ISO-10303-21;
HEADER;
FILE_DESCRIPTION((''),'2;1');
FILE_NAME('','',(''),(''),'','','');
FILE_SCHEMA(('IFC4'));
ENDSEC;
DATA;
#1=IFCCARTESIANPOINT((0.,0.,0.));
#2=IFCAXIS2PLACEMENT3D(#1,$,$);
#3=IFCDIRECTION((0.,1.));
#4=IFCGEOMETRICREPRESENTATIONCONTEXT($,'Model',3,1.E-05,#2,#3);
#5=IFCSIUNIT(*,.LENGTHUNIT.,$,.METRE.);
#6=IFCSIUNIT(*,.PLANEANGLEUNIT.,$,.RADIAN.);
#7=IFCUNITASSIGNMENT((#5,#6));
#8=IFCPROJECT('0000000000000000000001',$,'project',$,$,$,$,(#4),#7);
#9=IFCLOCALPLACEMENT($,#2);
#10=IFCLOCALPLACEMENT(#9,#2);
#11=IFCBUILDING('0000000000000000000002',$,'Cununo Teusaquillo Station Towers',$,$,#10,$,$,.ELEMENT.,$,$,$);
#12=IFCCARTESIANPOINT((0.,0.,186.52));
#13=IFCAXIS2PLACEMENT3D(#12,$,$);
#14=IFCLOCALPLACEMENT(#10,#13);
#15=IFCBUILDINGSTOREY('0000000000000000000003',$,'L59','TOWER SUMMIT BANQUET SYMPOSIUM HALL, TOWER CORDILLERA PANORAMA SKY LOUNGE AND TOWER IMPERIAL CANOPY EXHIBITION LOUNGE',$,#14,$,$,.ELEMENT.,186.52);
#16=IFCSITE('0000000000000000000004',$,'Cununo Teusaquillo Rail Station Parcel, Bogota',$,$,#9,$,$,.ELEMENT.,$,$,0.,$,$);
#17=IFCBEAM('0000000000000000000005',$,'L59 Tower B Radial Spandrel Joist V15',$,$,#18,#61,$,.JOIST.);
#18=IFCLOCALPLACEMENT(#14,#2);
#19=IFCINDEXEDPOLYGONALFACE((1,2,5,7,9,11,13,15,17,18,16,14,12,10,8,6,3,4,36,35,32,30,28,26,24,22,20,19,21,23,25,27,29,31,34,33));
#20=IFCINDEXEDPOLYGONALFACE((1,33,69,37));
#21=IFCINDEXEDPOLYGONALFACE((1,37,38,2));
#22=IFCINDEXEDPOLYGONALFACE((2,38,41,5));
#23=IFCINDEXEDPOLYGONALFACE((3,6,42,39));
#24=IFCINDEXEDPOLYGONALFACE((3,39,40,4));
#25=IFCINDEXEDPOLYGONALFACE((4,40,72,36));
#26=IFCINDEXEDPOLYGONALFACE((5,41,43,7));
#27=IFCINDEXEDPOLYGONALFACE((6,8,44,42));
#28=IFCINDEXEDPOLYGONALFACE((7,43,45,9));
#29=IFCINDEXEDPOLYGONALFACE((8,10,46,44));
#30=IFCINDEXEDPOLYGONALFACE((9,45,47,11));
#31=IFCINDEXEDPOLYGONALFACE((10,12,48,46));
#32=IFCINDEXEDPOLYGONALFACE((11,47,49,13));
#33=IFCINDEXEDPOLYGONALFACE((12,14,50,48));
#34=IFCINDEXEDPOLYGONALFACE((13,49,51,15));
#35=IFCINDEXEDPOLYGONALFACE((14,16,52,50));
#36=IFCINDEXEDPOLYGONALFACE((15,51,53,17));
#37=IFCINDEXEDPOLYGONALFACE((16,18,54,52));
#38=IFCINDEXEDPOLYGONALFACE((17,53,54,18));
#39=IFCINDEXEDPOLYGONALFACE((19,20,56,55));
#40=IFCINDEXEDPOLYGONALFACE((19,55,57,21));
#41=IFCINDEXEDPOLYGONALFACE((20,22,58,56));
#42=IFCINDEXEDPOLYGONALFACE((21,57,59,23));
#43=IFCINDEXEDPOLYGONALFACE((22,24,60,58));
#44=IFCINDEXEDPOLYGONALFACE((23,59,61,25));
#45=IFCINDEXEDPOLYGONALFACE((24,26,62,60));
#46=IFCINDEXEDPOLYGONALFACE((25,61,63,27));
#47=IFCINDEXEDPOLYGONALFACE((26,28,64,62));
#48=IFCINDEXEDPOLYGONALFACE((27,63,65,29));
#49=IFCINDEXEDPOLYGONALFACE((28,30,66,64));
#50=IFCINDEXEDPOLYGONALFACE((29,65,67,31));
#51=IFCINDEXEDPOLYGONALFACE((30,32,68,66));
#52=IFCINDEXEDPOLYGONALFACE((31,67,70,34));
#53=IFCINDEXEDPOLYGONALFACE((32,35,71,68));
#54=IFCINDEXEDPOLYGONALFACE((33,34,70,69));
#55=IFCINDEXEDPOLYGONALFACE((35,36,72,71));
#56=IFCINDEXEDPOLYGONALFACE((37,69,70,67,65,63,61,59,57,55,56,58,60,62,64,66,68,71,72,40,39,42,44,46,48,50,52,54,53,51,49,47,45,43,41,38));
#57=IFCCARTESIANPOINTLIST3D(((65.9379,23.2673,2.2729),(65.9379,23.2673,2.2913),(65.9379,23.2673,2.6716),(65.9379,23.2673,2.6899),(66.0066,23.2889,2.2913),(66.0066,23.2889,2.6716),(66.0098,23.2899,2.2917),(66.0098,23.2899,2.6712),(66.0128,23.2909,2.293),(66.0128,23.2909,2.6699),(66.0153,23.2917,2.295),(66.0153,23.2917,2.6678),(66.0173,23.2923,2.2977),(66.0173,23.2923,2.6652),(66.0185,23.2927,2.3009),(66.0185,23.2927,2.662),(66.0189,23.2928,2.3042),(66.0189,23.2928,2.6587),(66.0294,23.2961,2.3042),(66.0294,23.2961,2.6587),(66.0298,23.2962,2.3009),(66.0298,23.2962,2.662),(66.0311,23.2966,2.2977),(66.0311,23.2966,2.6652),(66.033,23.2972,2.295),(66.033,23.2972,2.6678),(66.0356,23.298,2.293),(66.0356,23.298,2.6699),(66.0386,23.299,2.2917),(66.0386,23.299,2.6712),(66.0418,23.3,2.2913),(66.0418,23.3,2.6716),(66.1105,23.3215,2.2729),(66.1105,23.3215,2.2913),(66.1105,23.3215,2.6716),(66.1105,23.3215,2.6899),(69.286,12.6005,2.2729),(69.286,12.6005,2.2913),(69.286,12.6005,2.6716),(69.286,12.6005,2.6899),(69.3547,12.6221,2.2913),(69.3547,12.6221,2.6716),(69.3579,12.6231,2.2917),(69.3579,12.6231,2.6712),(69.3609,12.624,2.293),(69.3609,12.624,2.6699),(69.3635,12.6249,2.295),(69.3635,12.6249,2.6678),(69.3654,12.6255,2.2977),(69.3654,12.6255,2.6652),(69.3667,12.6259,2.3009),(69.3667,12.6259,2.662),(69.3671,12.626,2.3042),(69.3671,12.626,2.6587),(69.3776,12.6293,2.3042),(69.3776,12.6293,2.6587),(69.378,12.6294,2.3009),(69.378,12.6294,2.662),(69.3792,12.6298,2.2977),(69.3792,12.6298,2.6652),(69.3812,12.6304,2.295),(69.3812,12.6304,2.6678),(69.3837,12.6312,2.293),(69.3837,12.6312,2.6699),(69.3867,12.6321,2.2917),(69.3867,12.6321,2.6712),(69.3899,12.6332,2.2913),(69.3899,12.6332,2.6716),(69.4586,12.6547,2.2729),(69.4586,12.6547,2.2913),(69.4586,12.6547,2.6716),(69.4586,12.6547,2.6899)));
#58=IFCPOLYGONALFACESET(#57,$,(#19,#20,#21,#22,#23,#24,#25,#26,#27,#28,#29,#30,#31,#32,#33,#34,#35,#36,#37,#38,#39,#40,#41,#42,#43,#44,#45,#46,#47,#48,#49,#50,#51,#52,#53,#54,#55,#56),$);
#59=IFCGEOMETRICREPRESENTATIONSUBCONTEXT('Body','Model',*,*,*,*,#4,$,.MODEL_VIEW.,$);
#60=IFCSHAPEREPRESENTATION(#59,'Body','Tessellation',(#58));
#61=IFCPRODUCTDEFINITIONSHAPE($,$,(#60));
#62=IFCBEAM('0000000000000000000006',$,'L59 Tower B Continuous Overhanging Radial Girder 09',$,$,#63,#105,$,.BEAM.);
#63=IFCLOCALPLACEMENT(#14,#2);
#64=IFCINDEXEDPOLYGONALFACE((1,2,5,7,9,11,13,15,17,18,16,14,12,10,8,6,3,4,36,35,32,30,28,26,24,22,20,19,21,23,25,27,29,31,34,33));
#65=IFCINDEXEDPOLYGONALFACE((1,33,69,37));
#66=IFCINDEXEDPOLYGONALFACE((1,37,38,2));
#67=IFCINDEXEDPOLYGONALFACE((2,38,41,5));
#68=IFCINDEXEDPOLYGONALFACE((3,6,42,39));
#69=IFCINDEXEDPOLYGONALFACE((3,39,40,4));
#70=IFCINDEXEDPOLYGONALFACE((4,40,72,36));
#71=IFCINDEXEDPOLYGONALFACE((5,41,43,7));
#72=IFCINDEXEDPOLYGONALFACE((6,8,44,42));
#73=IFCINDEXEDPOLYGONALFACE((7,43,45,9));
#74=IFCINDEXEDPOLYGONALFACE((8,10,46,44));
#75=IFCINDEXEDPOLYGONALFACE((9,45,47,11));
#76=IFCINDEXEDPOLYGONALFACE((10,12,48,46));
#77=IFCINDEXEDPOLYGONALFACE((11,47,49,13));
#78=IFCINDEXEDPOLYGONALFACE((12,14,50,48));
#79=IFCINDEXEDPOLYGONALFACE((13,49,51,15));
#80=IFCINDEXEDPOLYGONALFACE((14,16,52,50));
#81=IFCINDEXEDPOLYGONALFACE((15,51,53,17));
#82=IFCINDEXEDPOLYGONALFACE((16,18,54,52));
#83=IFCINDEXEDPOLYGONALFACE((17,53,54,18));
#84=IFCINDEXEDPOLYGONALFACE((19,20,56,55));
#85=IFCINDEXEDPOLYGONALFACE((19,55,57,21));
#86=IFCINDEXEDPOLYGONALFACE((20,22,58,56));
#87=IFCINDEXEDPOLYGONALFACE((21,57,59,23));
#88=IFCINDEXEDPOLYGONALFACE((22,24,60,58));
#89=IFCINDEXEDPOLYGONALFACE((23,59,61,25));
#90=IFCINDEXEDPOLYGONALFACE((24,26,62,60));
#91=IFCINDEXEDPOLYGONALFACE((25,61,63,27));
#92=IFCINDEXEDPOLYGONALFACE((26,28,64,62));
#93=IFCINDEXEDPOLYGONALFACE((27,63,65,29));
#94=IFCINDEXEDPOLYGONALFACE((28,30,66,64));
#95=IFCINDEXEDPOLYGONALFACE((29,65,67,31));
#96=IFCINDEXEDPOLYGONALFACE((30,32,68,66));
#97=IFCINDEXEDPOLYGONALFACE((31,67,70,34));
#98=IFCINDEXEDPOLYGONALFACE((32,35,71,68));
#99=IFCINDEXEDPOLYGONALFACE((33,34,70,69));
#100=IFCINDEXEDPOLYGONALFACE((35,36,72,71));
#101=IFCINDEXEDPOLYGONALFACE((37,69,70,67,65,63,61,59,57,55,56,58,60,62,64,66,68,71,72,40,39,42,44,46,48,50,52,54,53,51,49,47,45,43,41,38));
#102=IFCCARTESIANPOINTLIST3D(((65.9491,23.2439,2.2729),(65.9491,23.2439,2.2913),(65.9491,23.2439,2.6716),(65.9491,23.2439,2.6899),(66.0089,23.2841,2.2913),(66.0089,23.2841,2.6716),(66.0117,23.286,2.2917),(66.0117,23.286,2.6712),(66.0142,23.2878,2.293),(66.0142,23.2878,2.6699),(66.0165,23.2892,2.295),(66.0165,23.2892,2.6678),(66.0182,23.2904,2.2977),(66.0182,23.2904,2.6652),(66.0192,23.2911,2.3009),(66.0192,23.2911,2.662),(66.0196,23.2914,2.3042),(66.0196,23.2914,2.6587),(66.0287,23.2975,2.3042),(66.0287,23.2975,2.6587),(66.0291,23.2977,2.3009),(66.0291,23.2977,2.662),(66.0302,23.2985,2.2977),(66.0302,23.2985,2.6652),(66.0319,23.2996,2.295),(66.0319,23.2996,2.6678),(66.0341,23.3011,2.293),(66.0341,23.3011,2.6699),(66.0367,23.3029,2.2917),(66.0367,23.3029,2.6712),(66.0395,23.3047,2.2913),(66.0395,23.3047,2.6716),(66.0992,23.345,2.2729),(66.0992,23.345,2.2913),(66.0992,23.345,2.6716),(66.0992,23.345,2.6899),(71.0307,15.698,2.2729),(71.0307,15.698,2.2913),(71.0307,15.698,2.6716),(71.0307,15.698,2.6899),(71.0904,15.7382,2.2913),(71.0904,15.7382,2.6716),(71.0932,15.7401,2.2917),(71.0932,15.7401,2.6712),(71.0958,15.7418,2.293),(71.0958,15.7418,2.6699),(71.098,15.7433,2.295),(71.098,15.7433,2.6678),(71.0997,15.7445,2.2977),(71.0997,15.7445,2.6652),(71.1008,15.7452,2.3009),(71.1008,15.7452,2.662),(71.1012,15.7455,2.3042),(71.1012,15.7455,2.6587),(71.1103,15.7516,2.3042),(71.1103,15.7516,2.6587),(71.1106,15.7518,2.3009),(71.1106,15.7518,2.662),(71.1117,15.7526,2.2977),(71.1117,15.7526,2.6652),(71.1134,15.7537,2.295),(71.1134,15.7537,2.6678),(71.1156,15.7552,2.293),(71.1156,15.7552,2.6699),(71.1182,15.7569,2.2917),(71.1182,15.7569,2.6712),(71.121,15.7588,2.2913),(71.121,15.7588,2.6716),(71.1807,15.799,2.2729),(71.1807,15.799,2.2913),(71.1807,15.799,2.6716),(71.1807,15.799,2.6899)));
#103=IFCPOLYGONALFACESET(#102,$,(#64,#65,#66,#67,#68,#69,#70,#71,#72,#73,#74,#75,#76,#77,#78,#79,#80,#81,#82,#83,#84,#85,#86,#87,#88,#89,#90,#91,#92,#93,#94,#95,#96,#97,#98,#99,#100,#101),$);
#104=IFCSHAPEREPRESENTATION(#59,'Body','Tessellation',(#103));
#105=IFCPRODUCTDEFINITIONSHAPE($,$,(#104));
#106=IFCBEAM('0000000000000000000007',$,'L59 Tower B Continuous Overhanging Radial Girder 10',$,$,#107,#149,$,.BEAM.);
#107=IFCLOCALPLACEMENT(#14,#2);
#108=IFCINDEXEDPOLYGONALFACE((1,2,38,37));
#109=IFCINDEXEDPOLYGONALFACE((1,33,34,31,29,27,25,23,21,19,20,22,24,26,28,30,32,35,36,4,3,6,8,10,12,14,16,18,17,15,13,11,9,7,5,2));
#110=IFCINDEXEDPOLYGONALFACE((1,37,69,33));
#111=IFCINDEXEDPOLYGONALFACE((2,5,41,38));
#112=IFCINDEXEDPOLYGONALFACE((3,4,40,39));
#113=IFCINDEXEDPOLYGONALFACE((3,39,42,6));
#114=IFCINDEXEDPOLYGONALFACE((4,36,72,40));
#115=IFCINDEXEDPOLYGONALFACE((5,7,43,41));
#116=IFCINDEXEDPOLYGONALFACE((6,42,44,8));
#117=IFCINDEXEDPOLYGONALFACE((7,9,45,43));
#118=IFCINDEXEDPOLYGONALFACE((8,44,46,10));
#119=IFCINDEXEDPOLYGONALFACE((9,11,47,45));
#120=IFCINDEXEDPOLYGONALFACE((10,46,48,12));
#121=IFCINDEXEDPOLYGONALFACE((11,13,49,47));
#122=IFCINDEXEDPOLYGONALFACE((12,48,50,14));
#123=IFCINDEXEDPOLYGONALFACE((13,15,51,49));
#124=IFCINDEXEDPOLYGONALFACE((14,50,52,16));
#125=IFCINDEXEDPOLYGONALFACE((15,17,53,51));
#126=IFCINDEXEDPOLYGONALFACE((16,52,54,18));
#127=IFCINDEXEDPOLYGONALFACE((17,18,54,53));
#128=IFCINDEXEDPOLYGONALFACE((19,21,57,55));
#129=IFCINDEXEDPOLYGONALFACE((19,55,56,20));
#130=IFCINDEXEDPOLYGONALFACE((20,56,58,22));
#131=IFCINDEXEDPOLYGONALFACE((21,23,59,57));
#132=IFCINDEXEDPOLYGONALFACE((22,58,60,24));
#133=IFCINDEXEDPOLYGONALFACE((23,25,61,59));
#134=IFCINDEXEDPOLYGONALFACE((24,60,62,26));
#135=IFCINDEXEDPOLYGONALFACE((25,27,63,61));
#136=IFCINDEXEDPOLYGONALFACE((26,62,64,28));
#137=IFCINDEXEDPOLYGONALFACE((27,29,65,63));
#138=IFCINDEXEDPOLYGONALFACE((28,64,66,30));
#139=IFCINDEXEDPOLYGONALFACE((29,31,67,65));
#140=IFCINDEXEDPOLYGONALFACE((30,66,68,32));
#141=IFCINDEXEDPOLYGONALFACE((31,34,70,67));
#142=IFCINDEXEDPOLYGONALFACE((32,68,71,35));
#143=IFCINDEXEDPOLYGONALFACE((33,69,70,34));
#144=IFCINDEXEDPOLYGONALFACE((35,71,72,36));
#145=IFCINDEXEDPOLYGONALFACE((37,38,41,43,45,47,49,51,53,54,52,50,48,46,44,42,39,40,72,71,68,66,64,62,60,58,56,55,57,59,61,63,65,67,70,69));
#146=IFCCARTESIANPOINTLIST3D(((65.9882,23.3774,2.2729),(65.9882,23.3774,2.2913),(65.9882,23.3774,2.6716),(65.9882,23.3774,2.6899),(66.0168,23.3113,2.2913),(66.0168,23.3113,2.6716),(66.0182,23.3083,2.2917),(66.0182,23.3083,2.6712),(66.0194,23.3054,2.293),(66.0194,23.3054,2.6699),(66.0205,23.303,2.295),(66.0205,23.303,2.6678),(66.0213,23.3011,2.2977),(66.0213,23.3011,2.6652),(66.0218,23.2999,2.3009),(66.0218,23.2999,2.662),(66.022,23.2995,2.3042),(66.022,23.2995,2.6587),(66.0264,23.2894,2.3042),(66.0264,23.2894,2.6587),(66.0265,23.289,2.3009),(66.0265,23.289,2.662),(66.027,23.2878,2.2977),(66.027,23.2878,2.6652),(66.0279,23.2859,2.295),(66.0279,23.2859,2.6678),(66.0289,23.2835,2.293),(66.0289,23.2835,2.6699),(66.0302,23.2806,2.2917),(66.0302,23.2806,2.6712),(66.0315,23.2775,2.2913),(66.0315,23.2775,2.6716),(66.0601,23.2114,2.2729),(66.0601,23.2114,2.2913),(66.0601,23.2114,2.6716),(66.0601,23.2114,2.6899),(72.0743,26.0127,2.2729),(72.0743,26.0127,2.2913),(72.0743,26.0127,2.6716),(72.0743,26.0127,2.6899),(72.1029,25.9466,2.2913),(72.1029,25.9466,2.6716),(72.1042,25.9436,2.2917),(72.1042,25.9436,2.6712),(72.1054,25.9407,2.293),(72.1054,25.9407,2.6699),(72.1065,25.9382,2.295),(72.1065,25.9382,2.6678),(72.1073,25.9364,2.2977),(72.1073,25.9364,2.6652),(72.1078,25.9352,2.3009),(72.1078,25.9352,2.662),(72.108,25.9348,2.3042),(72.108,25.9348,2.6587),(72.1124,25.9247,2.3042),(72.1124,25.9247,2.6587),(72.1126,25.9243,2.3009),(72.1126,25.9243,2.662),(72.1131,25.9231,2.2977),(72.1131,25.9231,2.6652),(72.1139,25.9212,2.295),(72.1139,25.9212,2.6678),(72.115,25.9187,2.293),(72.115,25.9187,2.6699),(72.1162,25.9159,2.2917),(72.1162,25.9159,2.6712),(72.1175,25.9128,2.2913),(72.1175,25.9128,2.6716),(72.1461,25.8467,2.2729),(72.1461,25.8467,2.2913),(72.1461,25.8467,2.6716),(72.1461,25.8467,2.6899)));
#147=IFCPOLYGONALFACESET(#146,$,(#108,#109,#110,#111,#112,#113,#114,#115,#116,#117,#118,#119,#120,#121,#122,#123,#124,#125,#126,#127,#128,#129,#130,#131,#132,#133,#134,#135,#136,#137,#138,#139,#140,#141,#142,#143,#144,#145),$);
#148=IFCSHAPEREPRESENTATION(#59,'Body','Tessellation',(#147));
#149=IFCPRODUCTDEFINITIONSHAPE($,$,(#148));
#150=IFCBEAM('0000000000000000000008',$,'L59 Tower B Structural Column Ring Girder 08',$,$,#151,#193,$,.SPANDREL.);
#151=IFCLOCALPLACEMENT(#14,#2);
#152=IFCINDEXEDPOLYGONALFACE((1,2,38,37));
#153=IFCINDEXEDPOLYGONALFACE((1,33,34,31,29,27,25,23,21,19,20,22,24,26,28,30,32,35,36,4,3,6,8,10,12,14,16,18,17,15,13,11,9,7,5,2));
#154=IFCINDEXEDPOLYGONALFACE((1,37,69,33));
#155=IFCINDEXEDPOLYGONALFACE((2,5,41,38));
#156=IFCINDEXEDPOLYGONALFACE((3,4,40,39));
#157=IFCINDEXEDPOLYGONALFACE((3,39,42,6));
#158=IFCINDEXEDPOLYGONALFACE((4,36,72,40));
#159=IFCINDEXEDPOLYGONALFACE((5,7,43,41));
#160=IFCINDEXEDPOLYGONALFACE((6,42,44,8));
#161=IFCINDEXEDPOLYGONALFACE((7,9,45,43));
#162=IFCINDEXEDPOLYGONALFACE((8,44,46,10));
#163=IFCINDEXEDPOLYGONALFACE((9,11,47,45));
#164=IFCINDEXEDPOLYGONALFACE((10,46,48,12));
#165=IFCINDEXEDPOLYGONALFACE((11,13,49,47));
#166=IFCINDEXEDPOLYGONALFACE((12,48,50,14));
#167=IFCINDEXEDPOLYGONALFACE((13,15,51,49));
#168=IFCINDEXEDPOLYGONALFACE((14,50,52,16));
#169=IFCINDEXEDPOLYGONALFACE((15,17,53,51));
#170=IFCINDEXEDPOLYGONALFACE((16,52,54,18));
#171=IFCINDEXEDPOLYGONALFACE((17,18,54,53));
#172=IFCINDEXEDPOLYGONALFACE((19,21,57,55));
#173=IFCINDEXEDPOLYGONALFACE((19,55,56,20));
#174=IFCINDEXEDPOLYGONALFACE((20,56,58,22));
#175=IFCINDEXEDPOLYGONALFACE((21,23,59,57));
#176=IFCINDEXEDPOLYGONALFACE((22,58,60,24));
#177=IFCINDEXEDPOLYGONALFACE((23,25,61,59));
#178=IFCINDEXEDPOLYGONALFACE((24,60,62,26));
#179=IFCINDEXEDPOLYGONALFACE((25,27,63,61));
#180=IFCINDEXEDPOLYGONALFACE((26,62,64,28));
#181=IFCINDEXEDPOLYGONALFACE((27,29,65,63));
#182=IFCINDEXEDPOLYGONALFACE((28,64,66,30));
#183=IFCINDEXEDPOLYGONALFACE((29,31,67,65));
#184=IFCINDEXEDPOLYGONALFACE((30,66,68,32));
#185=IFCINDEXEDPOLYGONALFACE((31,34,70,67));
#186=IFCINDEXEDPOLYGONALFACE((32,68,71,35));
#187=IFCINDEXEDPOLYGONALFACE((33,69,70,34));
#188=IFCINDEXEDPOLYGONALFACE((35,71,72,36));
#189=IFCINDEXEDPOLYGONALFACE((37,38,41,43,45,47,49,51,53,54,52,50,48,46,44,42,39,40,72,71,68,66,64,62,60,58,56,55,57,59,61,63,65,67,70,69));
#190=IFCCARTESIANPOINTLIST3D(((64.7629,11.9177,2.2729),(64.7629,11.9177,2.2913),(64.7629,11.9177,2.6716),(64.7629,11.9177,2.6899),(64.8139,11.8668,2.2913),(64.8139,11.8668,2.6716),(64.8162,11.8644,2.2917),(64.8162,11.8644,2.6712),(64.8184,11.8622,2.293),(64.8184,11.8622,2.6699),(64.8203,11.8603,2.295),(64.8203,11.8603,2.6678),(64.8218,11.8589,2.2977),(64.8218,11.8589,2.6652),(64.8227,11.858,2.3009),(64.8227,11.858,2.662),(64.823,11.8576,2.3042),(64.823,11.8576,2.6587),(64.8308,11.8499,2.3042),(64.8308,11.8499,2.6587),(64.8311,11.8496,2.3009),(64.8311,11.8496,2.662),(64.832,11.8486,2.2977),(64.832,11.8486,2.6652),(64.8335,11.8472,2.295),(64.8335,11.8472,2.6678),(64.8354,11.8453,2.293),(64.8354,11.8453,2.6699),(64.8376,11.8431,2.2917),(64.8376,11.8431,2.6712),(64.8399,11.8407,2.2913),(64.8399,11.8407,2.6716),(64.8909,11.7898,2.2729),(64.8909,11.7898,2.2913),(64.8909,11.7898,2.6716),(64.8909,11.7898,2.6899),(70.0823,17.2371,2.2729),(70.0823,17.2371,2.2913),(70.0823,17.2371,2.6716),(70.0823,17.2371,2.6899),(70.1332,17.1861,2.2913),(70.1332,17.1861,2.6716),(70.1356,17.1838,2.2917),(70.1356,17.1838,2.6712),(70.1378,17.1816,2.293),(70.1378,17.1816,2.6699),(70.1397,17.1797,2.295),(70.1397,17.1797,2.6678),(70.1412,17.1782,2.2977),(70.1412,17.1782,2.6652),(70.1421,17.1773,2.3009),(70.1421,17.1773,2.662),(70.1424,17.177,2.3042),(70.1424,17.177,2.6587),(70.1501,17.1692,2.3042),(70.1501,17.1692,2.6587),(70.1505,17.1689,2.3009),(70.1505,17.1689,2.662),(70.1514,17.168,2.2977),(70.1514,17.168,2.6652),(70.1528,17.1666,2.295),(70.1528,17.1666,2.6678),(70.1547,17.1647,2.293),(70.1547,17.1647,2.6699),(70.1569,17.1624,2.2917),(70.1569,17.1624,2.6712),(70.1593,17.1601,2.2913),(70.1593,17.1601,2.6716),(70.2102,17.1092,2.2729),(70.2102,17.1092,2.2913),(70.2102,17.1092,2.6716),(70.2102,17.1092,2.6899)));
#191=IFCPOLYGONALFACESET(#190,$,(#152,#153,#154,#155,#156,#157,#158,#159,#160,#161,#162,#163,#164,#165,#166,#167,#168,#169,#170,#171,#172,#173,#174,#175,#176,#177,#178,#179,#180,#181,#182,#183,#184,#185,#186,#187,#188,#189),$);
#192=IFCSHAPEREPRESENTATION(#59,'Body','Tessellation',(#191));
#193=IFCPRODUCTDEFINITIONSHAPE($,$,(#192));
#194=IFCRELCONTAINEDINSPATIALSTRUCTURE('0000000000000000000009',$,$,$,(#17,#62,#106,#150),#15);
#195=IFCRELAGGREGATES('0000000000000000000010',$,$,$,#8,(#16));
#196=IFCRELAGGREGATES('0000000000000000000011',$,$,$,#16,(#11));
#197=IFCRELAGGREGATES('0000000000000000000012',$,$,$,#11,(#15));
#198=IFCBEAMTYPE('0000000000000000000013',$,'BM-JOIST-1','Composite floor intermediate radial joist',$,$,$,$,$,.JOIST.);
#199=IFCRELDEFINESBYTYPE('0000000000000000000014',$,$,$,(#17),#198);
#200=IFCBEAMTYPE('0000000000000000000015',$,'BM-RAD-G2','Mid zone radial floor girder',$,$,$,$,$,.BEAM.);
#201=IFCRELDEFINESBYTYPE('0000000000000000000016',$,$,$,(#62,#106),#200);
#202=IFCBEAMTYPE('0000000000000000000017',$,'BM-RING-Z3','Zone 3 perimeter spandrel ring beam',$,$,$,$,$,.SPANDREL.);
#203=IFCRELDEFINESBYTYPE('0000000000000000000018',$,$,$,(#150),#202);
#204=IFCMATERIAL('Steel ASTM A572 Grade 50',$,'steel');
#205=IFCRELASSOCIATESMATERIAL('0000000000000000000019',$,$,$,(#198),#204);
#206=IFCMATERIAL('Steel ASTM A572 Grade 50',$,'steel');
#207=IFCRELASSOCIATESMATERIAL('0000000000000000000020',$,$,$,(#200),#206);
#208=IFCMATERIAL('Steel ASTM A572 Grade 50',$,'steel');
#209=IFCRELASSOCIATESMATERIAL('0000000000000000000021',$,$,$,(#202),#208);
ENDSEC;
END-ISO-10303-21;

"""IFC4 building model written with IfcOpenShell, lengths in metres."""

from ifc_helpers import new_model, si_unit, direction, frame, origin, origin_2d, place, context, subcontext, project, spatial, i_section, extrude, material, material_profile, profile_set, type_object, element, save


model = new_model("IFC4")

# Units and contexts
model_context = context("Model", 3, precision=1e-05, world=origin(), true_north=direction((0.0, 1.0)))
body_context = subcontext(model_context, "Body", "Model", "MODEL_VIEW")
ifc_project = project(units=[si_unit("LENGTHUNIT", "METRE"), si_unit("PLANEANGLEUNIT", "RADIAN")], contexts=[model_context])

# Site, building, storey
site_placement = place(None, origin())
site = spatial("IfcSite", under=ifc_project, at=site_placement, Name="Cununo Teusaquillo Rail Station Parcel, Bogota", CompositionType="ELEMENT", RefElevation=0.0)
building_placement = place(site_placement, origin())
building = spatial("IfcBuilding", under=site, at=building_placement, Name="Cununo Teusaquillo Station Towers", CompositionType="ELEMENT")
storey_placement = place(building_placement, frame((0.0, 0.0, 186.52)))
storey = spatial("IfcBuildingStorey", under=building, at=storey_placement, Name="L59", Description="TOWER SUMMIT BANQUET SYMPOSIUM HALL, TOWER CORDILLERA PANORAMA SKY LOUNGE AND TOWER IMPERIAL CANOPY EXHIBITION LOUNGE", CompositionType="ELEMENT", Elevation=186.52)

# Beams
ifc_material_1 = material(Name="Steel ASTM A572 Grade 50", Category="steel")
ifc_material_profile_1 = material_profile(ifc_material_1, i_section(OverallWidth=0.1809, OverallDepth=0.417, WebThickness=0.011, FlangeThickness=0.0183, FilletRadius=0.0129, at=origin_2d()), Name="W16X57")
ifc_profile_set_1 = profile_set([ifc_material_profile_1], Name="Steel ASTM A572 Grade 50")
beam_type_1 = type_object("IfcBeamType", Name="BM-JOIST-1", Description="Composite floor intermediate radial joist", PredefinedType="JOIST", material=ifc_profile_set_1)
beam_1_placement = place(storey_placement, frame((66.0242, 23.2944, 2.4814), z_axis=(0.29948, -0.954103, 0.0), x_axis=(0.954103, 0.29948, 0.0)))
element("IfcBeam", 1, at=beam_1_placement, inside=storey, type_object=beam_type_1, Name="L59 Tower B Radial Spandrel Joist V15", PredefinedType="JOIST", context=body_context, shape_type="SweptSolid", body=[
    extrude(i_section(OverallWidth=0.1809, OverallDepth=0.417, WebThickness=0.011, FlangeThickness=0.0183, FilletRadius=0.0129, at=origin_2d()), origin(), (0.0, 0.0, 1.0), 11.1799),
])
ifc_material_2 = material(Name="Steel ASTM A572 Grade 50", Category="steel")
ifc_material_profile_2 = material_profile(ifc_material_2, i_section(OverallWidth=0.1809, OverallDepth=0.417, WebThickness=0.011, FlangeThickness=0.0183, FilletRadius=0.0129, at=origin_2d()), Name="W16X57")
ifc_profile_set_2 = profile_set([ifc_material_profile_2], Name="Steel ASTM A572 Grade 50")
beam_type_2 = type_object("IfcBeamType", Name="BM-RAD-G2", Description="Mid zone radial floor girder", PredefinedType="BEAM", material=ifc_profile_set_2)
beam_2_placement = place(storey_placement, frame((66.0242, 23.2944, 2.4814), z_axis=(0.558571, -0.829457, 0.0), x_axis=(0.829457, 0.558571, 0.0)))
element("IfcBeam", 2, at=beam_2_placement, inside=storey, type_object=beam_type_2, Name="L59 Tower B Continuous Overhanging Radial Girder 09", PredefinedType="BEAM", context=body_context, shape_type="SweptSolid", body=[
    extrude(i_section(OverallWidth=0.1809, OverallDepth=0.417, WebThickness=0.011, FlangeThickness=0.0183, FilletRadius=0.0129, at=origin_2d()), origin(), (0.0, 0.0, 1.0), 9.0974),
])
beam_3_placement = place(storey_placement, frame((66.0242, 23.2944, 2.4814), z_axis=(0.917665, 0.397355, 0.0), x_axis=(-0.397355, 0.917665, 0.0)))
element("IfcBeam", 3, at=beam_3_placement, inside=storey, type_object=beam_type_2, Name="L59 Tower B Continuous Overhanging Radial Girder 10", PredefinedType="BEAM", context=body_context, shape_type="SweptSolid", body=[
    extrude(i_section(OverallWidth=0.1809, OverallDepth=0.417, WebThickness=0.011, FlangeThickness=0.0183, FilletRadius=0.0129, at=origin_2d()), origin(), (0.0, 0.0, 1.0), 6.6321),
])
ifc_material_3 = material(Name="Steel ASTM A572 Grade 50", Category="steel")
ifc_material_profile_3 = material_profile(ifc_material_3, i_section(OverallWidth=0.1809, OverallDepth=0.417, WebThickness=0.011, FlangeThickness=0.0183, FilletRadius=0.0129, at=origin_2d()), Name="W16X57")
ifc_profile_set_3 = profile_set([ifc_material_profile_3], Name="Steel ASTM A572 Grade 50")
beam_type_3 = type_object("IfcBeamType", Name="BM-RING-Z3", Description="Zone 3 perimeter spandrel ring beam", PredefinedType="SPANDREL", material=ifc_profile_set_3)
beam_4_placement = place(storey_placement, frame((64.8269, 11.8538, 2.4814), z_axis=(0.707107, 0.707107, 0.0), x_axis=(-0.707107, 0.707107, 0.0)))
element("IfcBeam", 4, at=beam_4_placement, inside=storey, type_object=beam_type_3, Name="L59 Tower B Structural Column Ring Girder 08", PredefinedType="SPANDREL", context=body_context, shape_type="SweptSolid", body=[
    extrude(i_section(OverallWidth=0.1809, OverallDepth=0.417, WebThickness=0.011, FlangeThickness=0.0183, FilletRadius=0.0129, at=origin_2d()), origin(), (0.0, 0.0, 1.0), 7.5227),
])

save(model, "model.ifc")
